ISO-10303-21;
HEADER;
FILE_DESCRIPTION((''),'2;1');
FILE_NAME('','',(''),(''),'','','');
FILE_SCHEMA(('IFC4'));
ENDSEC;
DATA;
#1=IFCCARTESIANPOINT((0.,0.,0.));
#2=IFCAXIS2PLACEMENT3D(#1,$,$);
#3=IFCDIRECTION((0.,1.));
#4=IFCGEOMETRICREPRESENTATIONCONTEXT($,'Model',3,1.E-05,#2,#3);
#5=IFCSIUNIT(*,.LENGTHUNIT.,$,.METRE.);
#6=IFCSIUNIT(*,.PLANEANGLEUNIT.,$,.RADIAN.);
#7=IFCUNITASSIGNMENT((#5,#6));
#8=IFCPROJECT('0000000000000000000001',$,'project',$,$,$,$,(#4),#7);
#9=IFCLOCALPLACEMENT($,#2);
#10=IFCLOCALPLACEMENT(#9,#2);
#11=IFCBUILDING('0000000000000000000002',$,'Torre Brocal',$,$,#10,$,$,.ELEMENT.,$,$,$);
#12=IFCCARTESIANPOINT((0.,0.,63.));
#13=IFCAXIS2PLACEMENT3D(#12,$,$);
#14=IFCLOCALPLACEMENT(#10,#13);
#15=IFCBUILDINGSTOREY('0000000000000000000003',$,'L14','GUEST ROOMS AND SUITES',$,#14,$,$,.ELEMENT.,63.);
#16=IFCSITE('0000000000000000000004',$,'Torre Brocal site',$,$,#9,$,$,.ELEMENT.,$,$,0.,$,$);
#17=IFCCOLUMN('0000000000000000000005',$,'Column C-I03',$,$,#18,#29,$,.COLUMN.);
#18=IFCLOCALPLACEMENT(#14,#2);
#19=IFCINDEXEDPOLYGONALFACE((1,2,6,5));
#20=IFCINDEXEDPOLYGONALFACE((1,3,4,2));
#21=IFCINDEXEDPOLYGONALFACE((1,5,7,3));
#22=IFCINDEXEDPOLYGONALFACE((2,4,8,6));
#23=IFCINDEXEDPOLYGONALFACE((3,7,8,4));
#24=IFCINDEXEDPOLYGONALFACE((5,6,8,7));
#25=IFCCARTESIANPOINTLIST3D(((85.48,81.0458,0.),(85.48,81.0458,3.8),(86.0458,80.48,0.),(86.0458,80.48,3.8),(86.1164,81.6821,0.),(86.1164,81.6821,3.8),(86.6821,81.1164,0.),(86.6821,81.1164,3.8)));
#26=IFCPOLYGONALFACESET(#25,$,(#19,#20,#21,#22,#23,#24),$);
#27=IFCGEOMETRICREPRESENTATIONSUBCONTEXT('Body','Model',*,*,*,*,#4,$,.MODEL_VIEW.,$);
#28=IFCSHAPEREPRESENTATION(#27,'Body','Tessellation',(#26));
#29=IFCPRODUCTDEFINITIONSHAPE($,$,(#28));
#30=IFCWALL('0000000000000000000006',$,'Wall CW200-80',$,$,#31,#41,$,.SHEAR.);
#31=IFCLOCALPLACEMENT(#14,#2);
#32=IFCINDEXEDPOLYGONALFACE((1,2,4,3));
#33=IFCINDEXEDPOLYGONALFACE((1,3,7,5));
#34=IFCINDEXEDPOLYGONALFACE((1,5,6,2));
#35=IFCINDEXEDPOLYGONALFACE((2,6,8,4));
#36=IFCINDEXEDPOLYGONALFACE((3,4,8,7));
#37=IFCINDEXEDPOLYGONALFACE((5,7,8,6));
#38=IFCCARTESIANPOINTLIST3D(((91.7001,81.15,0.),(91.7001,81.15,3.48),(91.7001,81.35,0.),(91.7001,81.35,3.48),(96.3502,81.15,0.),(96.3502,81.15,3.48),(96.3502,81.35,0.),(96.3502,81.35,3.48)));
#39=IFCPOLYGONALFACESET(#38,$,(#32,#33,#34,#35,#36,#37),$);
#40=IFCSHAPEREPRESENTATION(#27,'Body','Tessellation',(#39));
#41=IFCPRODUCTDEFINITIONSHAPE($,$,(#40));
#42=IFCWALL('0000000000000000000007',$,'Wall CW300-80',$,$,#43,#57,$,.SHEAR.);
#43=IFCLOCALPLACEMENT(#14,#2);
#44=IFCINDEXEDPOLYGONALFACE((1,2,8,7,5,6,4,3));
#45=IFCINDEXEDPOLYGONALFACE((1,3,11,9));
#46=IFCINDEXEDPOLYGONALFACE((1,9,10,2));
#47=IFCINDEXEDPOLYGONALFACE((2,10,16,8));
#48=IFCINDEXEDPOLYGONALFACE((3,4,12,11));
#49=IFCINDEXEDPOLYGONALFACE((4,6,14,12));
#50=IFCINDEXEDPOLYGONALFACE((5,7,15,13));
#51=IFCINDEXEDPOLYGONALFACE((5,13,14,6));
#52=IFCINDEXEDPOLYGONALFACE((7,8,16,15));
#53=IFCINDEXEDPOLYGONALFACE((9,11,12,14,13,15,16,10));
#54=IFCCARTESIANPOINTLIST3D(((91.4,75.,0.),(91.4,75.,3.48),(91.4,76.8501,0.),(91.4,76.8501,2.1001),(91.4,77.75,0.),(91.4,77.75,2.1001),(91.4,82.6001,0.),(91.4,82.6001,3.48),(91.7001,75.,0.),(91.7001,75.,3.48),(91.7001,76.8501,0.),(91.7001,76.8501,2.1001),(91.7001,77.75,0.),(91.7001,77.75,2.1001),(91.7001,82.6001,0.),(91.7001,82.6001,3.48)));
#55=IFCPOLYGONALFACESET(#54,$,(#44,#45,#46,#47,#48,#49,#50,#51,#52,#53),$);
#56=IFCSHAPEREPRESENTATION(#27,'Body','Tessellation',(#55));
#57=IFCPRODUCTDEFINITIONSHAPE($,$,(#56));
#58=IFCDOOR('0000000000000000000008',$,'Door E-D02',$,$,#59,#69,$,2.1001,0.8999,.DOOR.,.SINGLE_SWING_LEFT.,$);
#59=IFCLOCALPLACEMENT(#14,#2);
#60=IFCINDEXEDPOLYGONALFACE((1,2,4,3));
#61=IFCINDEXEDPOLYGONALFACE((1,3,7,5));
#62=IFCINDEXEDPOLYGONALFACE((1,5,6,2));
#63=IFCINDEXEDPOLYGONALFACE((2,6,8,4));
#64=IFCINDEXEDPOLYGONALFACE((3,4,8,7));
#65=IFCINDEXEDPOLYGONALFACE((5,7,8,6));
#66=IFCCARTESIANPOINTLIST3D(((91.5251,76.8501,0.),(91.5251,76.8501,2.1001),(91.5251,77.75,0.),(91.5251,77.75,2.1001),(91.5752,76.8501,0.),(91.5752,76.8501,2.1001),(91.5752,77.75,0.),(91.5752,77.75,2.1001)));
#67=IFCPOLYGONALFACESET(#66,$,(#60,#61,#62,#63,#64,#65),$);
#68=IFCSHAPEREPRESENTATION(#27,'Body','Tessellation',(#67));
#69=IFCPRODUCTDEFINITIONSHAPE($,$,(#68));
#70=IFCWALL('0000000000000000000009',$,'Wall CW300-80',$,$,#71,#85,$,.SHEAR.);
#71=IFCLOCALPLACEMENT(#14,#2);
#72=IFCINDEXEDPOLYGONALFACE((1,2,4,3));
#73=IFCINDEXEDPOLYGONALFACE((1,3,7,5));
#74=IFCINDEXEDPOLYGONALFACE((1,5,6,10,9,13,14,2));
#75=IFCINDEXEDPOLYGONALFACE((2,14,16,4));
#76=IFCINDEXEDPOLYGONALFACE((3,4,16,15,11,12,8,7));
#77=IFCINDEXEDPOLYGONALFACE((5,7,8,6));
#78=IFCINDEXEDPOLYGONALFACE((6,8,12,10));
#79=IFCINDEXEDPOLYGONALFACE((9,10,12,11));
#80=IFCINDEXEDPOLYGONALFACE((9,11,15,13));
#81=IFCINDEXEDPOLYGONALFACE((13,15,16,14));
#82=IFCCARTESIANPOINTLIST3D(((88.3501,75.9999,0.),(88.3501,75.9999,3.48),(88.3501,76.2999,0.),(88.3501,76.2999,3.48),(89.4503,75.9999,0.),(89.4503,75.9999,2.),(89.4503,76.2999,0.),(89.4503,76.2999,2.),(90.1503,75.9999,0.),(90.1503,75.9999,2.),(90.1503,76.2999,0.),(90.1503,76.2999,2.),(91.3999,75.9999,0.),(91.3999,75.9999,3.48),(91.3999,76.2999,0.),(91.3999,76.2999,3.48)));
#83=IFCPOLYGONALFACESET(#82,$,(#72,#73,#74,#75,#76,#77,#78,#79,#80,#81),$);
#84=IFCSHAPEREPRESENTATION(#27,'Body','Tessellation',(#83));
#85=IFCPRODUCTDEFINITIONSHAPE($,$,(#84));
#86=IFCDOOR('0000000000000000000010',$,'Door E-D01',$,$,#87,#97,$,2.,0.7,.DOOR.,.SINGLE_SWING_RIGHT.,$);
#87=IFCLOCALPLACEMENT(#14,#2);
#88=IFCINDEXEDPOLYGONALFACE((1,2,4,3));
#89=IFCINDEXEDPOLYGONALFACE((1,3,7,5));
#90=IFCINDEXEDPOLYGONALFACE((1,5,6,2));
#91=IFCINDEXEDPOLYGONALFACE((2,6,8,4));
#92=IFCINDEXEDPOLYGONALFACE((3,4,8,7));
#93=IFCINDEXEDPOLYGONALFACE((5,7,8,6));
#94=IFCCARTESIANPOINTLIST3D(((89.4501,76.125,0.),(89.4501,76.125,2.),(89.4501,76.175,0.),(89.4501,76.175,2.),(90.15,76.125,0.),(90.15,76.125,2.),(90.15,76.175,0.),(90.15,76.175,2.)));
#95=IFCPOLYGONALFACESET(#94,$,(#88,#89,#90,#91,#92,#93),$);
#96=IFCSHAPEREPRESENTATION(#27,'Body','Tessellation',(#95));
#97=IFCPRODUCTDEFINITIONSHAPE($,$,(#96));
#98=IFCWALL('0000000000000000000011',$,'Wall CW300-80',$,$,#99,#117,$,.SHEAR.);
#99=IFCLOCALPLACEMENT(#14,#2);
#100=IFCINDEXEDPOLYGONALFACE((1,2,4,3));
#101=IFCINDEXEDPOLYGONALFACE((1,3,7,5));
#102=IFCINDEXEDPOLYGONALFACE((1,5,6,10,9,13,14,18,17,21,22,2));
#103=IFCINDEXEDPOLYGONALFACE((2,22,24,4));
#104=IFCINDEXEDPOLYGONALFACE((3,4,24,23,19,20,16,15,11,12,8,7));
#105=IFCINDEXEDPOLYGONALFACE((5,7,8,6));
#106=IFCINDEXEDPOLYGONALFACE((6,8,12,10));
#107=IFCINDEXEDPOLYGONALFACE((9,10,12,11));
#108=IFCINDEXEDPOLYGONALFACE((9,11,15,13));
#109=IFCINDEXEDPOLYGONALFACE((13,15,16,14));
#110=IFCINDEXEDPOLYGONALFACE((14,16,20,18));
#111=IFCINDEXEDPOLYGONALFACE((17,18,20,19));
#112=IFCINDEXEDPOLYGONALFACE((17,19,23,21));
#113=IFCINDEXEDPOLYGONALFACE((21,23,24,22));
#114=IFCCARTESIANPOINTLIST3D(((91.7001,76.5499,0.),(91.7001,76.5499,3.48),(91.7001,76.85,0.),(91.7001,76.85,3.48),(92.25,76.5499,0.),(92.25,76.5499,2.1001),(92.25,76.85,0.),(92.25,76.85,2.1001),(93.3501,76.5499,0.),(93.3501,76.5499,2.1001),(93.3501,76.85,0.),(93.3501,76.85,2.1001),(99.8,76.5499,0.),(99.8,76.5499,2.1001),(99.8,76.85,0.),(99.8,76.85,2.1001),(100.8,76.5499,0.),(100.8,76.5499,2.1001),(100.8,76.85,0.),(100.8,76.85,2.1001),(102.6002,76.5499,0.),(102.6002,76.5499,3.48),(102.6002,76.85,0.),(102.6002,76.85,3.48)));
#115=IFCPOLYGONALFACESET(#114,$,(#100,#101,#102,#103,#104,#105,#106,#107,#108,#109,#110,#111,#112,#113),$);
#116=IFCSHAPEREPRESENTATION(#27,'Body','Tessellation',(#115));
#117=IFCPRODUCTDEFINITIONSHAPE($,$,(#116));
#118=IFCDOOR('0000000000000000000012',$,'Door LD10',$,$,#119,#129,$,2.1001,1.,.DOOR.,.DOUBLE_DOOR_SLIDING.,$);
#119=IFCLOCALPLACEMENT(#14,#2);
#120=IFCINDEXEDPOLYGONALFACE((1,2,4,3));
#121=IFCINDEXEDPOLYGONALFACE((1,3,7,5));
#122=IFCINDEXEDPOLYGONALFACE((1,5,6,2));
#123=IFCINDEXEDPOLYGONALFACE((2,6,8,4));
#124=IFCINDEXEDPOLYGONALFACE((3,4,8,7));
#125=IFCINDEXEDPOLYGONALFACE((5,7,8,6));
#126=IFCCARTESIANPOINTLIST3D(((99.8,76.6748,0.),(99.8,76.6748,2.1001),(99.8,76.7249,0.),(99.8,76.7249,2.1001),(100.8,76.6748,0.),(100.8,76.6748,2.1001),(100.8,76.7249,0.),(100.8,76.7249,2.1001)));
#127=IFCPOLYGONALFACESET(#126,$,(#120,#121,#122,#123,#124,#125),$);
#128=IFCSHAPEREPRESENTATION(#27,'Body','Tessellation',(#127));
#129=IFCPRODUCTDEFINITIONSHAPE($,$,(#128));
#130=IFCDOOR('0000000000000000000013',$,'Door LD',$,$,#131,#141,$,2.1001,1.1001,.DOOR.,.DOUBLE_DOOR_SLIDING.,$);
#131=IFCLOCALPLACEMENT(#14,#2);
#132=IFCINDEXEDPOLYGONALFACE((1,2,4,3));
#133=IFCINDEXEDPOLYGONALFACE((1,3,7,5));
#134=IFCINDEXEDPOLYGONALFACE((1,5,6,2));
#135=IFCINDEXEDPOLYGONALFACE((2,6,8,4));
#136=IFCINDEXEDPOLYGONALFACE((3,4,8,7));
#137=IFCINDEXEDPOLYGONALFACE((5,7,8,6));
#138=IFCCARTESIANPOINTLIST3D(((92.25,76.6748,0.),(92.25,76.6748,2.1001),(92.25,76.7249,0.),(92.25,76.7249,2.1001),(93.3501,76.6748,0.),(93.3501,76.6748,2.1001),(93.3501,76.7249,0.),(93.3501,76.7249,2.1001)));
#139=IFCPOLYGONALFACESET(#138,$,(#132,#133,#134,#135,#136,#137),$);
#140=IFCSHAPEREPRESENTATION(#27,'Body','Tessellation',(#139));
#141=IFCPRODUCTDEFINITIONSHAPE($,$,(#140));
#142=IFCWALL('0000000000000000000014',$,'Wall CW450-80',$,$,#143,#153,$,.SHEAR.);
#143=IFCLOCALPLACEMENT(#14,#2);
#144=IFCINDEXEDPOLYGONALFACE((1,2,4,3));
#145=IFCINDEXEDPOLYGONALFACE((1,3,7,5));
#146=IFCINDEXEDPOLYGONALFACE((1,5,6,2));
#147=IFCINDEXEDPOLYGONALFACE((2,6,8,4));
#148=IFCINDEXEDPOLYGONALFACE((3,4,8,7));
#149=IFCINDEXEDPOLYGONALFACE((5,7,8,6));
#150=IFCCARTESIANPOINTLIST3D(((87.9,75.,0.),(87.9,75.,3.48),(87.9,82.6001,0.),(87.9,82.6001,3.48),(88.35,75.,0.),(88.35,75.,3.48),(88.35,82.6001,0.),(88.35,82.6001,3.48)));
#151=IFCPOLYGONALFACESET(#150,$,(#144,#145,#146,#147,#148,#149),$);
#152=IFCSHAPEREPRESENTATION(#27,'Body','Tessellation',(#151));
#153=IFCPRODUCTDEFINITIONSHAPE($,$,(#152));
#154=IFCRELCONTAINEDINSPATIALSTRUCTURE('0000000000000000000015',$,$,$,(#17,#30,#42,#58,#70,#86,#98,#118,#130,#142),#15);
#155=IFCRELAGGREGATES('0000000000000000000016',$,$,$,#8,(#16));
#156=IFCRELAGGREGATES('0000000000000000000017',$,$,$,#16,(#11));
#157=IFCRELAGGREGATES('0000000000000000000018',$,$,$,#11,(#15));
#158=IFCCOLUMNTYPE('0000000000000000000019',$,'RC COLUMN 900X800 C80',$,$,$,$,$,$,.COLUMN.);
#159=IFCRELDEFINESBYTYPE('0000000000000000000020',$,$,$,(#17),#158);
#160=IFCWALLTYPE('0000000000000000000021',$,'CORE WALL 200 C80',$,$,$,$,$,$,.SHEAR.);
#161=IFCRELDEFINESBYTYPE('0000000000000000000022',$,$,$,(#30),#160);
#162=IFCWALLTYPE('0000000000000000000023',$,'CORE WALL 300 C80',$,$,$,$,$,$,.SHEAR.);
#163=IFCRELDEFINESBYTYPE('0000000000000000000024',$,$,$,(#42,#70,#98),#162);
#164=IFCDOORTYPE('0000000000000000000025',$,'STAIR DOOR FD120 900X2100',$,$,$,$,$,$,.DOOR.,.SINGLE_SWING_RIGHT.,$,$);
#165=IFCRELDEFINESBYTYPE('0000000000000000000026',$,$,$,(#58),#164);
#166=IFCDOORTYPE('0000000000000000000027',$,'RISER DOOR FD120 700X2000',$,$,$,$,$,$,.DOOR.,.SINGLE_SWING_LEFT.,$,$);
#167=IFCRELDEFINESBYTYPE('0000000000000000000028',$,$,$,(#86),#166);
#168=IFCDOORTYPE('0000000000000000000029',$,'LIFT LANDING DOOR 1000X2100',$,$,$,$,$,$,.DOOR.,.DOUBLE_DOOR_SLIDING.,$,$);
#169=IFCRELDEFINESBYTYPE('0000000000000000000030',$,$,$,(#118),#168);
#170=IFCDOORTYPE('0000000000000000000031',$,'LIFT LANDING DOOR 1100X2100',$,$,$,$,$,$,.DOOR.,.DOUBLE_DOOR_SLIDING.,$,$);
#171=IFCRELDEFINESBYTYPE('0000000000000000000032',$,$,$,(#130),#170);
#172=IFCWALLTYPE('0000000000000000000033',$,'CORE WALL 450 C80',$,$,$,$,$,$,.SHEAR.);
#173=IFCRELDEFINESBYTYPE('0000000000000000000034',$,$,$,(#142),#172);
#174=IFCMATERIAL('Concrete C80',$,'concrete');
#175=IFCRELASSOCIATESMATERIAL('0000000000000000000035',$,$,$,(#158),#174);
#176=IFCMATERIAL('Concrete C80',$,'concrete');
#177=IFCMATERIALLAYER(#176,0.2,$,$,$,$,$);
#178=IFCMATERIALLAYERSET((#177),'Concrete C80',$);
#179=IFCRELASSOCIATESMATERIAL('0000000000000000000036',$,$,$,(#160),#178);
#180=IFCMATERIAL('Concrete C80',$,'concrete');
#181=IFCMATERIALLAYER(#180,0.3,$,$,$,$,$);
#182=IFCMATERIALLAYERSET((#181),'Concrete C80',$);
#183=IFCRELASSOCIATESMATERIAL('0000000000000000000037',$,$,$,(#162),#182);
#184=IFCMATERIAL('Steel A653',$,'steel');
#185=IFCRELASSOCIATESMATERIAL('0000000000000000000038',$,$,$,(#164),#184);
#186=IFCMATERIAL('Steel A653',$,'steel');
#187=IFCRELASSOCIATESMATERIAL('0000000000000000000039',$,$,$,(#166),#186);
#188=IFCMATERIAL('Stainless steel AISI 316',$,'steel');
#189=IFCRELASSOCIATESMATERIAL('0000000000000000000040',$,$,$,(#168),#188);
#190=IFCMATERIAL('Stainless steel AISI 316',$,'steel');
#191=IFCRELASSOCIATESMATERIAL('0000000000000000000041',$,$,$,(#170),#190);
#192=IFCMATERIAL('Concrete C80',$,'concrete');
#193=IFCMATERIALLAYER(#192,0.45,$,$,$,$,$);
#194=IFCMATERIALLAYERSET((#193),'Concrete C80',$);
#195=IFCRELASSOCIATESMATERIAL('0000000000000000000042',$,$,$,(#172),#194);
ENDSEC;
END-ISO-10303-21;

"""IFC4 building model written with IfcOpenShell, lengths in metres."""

from ifc_helpers import new_model, si_unit, direction, frame, frame_2d, origin, origin_2d, place, context, subcontext, project, spatial, rectangle, extrude, material, layer, layer_set, material_profile, profile_set, type_object, element, fill, save


model = new_model("IFC4")

# Units and contexts
model_context = context("Model", 3, precision=1e-05, world=origin(), true_north=direction((0.0, 1.0)))
body_context = subcontext(model_context, "Body", "Model", "MODEL_VIEW")
ifc_project = project(units=[si_unit("LENGTHUNIT", "METRE"), si_unit("PLANEANGLEUNIT", "RADIAN")], contexts=[model_context])

# Site, building, storey
site_placement = place(None, origin())
site = spatial("IfcSite", under=ifc_project, at=site_placement, Name="Torre Brocal site", CompositionType="ELEMENT", RefElevation=0.0)
building_placement = place(site_placement, origin())
building = spatial("IfcBuilding", under=site, at=building_placement, Name="Torre Brocal", CompositionType="ELEMENT")
storey_placement = place(building_placement, frame((0.0, 0.0, 63.0)))
storey = spatial("IfcBuildingStorey", under=building, at=storey_placement, Name="L14", Description="GUEST ROOMS AND SUITES", CompositionType="ELEMENT", Elevation=63.0)

# Column
ifc_material_1 = material(Name="Concrete C80", Category="concrete")
ifc_material_profile = material_profile(ifc_material_1, rectangle(XDim=0.8999, YDim=0.8, at=origin_2d()), Name="RC 900X800")
ifc_profile_set = profile_set([ifc_material_profile], Name="Concrete C80")
column_type = type_object("IfcColumnType", Name="RC COLUMN 900X800 C80", PredefinedType="COLUMN", material=ifc_profile_set)
column_placement = place(storey_placement, frame((86.0811, 81.0811, 0.0), z_axis=(0.0, 0.0, 1.0), x_axis=(0.707107, 0.707107, 0.0)))
element("IfcColumn", 1, at=column_placement, inside=storey, type_object=column_type, Name="Column C-I03", PredefinedType="COLUMN", context=body_context, shape_type="SweptSolid", body=[
    extrude(rectangle(XDim=0.8999, YDim=0.8, at=origin_2d()), origin(), (0.0, 0.0, 1.0), 3.8),
])

# Wall
ifc_material_2 = material(Name="Concrete C80", Category="concrete")
ifc_layer_1 = layer(ifc_material_2, 0.2)
ifc_layer_set_1 = layer_set([ifc_layer_1], Name="Concrete C80")
wall_type_1 = type_object("IfcWallType", Name="CORE WALL 200 C80", PredefinedType="SHEAR", material=ifc_layer_set_1)
wall_1_placement = place(storey_placement, frame((91.7, 81.25, 0.0), z_axis=(0.0, 0.0, 1.0), x_axis=(1.0, 0.0, 0.0)))
element("IfcWall", 2, at=wall_1_placement, inside=storey, type_object=wall_type_1, Name="Wall CW200-80", PredefinedType="SHEAR", context=body_context, shape_type="SweptSolid", body=[
    extrude(rectangle(XDim=4.6501, YDim=0.2, at=frame_2d((2.3252, 0.0))), origin(), (0.0, 0.0, 1.0), 3.48),
])

# Walls, openings, doors
ifc_material_3 = material(Name="Concrete C80", Category="concrete")
ifc_layer_2 = layer(ifc_material_3, 0.3)
ifc_layer_set_2 = layer_set([ifc_layer_2], Name="Concrete C80")
wall_type_2 = type_object("IfcWallType", Name="CORE WALL 300 C80", PredefinedType="SHEAR", material=ifc_layer_set_2)
wall_2_placement = place(storey_placement, frame((91.55, 75.0, 0.0), z_axis=(0.0, 0.0, 1.0), x_axis=(0.0, 1.0, 0.0)))
wall_2 = element("IfcWall", 3, at=wall_2_placement, inside=storey, type_object=wall_type_2, Name="Wall CW300-80", PredefinedType="SHEAR", context=body_context, shape_type="SweptSolid", body=[
    extrude(rectangle(XDim=7.6001, YDim=0.3, at=frame_2d((3.8, 0.0))), origin(), (0.0, 0.0, 1.0), 3.48),
])
opening_1_placement = place(wall_2_placement, frame((1.8501, 0.0, 0.0)))
opening_1 = element("IfcOpeningElement", 4, at=opening_1_placement, cuts=wall_2, PredefinedType="OPENING", context=body_context, shape_type="SweptSolid", body=[
    extrude(rectangle(XDim=0.8999, YDim=2.1001, at=frame_2d((0.45, 1.05))), frame((0.0, 0.1599, 0.0), z_axis=(0.0, -1.0, 0.0), x_axis=(1.0, 0.0, 0.0)), (0.0, 0.0, 1.0), 0.3201),
])
ifc_material_4 = material(Name="Steel A653", Category="steel")
door_type_1 = type_object("IfcDoorType", Name="STAIR DOOR FD120 900X2100", OperationType="SINGLE_SWING_RIGHT", PredefinedType="DOOR", material=ifc_material_4)
door_1_placement = place(opening_1_placement, origin())
door_1 = element("IfcDoor", 5, at=door_1_placement, inside=storey, type_object=door_type_1, Name="Door E-D02", OperationType="SINGLE_SWING_LEFT", OverallHeight=2.1001, OverallWidth=0.8999, PredefinedType="DOOR", context=body_context, shape_type="SweptSolid", body=[
    extrude(rectangle(XDim=0.8999, YDim=2.1001, at=frame_2d((0.45, 1.05))), frame((0.0, 0.0249, 0.0), z_axis=(0.0, -1.0, 0.0), x_axis=(1.0, 0.0, 0.0)), (0.0, 0.0, 1.0), 0.05),
])
fill(opening_1, door_1)
wall_3_placement = place(storey_placement, frame((88.3501, 76.1499, 0.0), z_axis=(0.0, 0.0, 1.0), x_axis=(1.0, 0.0, 0.0)))
wall_3 = element("IfcWall", 6, at=wall_3_placement, inside=storey, type_object=wall_type_2, Name="Wall CW300-80", PredefinedType="SHEAR", context=body_context, shape_type="SweptSolid", body=[
    extrude(rectangle(XDim=3.0498, YDim=0.3, at=frame_2d((1.5249, 0.0))), origin(), (0.0, 0.0, 1.0), 3.48),
])
opening_2_placement = place(wall_3_placement, frame((1.1001, 0.0, 0.0)))
opening_2 = element("IfcOpeningElement", 7, at=opening_2_placement, cuts=wall_3, PredefinedType="OPENING", context=body_context, shape_type="SweptSolid", body=[
    extrude(rectangle(XDim=0.7, YDim=2.0, at=frame_2d((0.3501, 1.0))), frame((0.0, 0.1599, 0.0), z_axis=(0.0, -1.0, 0.0), x_axis=(1.0, 0.0, 0.0)), (0.0, 0.0, 1.0), 0.3201),
])
ifc_material_5 = material(Name="Steel A653", Category="steel")
door_type_2 = type_object("IfcDoorType", Name="RISER DOOR FD120 700X2000", OperationType="SINGLE_SWING_LEFT", PredefinedType="DOOR", material=ifc_material_5)
door_2_placement = place(opening_2_placement, frame((0.7, 0.0, 0.0), z_axis=(0.0, 0.0, 1.0), x_axis=(-1.0, 0.0, 0.0)))
door_2 = element("IfcDoor", 8, at=door_2_placement, inside=storey, type_object=door_type_2, Name="Door E-D01", OperationType="SINGLE_SWING_RIGHT", OverallHeight=2.0, OverallWidth=0.7, PredefinedType="DOOR", context=body_context, shape_type="SweptSolid", body=[
    extrude(rectangle(XDim=0.7, YDim=2.0, at=frame_2d((0.3501, 1.0))), frame((0.0, 0.0249, 0.0), z_axis=(0.0, -1.0, 0.0), x_axis=(1.0, 0.0, 0.0)), (0.0, 0.0, 1.0), 0.05),
])
fill(opening_2, door_2)

# Wall, openings, doors
wall_4_placement = place(storey_placement, frame((91.7, 76.7, 0.0), z_axis=(0.0, 0.0, 1.0), x_axis=(1.0, 0.0, 0.0)))
wall_4 = element("IfcWall", 9, at=wall_4_placement, inside=storey, type_object=wall_type_2, Name="Wall CW300-80", PredefinedType="SHEAR", context=body_context, shape_type="SweptSolid", body=[
    extrude(rectangle(XDim=10.9001, YDim=0.3, at=frame_2d((5.4502, 0.0))), origin(), (0.0, 0.0, 1.0), 3.48),
])
opening_3_placement = place(wall_4_placement, frame((0.55, 0.0, 0.0)))
opening_3 = element("IfcOpeningElement", 10, at=opening_3_placement, cuts=wall_4, PredefinedType="OPENING", context=body_context, shape_type="SweptSolid", body=[
    extrude(rectangle(XDim=1.1001, YDim=2.1001, at=frame_2d((0.55, 1.05))), frame((0.0, 0.1599, 0.0), z_axis=(0.0, -1.0, 0.0), x_axis=(1.0, 0.0, 0.0)), (0.0, 0.0, 1.0), 0.3201),
])
opening_4_placement = place(wall_4_placement, frame((8.1001, 0.0, 0.0)))
opening_4 = element("IfcOpeningElement", 11, at=opening_4_placement, cuts=wall_4, PredefinedType="OPENING", context=body_context, shape_type="SweptSolid", body=[
    extrude(rectangle(XDim=1.0, YDim=2.1001, at=frame_2d((0.5, 1.05))), frame((0.0, 0.1599, 0.0), z_axis=(0.0, -1.0, 0.0), x_axis=(1.0, 0.0, 0.0)), (0.0, 0.0, 1.0), 0.3201),
])
ifc_material_6 = material(Name="Stainless steel AISI 316", Category="steel")
door_type_3 = type_object("IfcDoorType", Name="LIFT LANDING DOOR 1000X2100", OperationType="DOUBLE_DOOR_SLIDING", PredefinedType="DOOR", material=ifc_material_6)
door_3_placement = place(opening_4_placement, origin())
door_3 = element("IfcDoor", 12, at=door_3_placement, inside=storey, type_object=door_type_3, Name="Door LD10", OperationType="DOUBLE_DOOR_SLIDING", OverallHeight=2.1001, OverallWidth=1.0, PredefinedType="DOOR", context=body_context, shape_type="SweptSolid", body=[
    extrude(rectangle(XDim=1.0, YDim=2.1001, at=frame_2d((0.5, 1.05))), frame((0.0, 0.0249, 0.0), z_axis=(0.0, -1.0, 0.0), x_axis=(1.0, 0.0, 0.0)), (0.0, 0.0, 1.0), 0.05),
])
fill(opening_4, door_3)
ifc_material_7 = material(Name="Stainless steel AISI 316", Category="steel")
door_type_4 = type_object("IfcDoorType", Name="LIFT LANDING DOOR 1100X2100", OperationType="DOUBLE_DOOR_SLIDING", PredefinedType="DOOR", material=ifc_material_7)
door_4_placement = place(opening_3_placement, origin())
door_4 = element("IfcDoor", 13, at=door_4_placement, inside=storey, type_object=door_type_4, Name="Door LD", OperationType="DOUBLE_DOOR_SLIDING", OverallHeight=2.1001, OverallWidth=1.1001, PredefinedType="DOOR", context=body_context, shape_type="SweptSolid", body=[
    extrude(rectangle(XDim=1.1001, YDim=2.1001, at=frame_2d((0.55, 1.05))), frame((0.0, 0.0249, 0.0), z_axis=(0.0, -1.0, 0.0), x_axis=(1.0, 0.0, 0.0)), (0.0, 0.0, 1.0), 0.05),
])
fill(opening_3, door_4)

# Wall
ifc_material_8 = material(Name="Concrete C80", Category="concrete")
ifc_layer_3 = layer(ifc_material_8, 0.45)
ifc_layer_set_3 = layer_set([ifc_layer_3], Name="Concrete C80")
wall_type_3 = type_object("IfcWallType", Name="CORE WALL 450 C80", PredefinedType="SHEAR", material=ifc_layer_set_3)
wall_5_placement = place(storey_placement, frame((88.125, 75.0, 0.0), z_axis=(0.0, 0.0, 1.0), x_axis=(0.0, 1.0, 0.0)))
element("IfcWall", 14, at=wall_5_placement, inside=storey, type_object=wall_type_3, Name="Wall CW450-80", PredefinedType="SHEAR", context=body_context, shape_type="SweptSolid", body=[
    extrude(rectangle(XDim=7.6001, YDim=0.45, at=frame_2d((3.8, 0.0))), origin(), (0.0, 0.0, 1.0), 3.48),
])

save(model, "model.ifc")
